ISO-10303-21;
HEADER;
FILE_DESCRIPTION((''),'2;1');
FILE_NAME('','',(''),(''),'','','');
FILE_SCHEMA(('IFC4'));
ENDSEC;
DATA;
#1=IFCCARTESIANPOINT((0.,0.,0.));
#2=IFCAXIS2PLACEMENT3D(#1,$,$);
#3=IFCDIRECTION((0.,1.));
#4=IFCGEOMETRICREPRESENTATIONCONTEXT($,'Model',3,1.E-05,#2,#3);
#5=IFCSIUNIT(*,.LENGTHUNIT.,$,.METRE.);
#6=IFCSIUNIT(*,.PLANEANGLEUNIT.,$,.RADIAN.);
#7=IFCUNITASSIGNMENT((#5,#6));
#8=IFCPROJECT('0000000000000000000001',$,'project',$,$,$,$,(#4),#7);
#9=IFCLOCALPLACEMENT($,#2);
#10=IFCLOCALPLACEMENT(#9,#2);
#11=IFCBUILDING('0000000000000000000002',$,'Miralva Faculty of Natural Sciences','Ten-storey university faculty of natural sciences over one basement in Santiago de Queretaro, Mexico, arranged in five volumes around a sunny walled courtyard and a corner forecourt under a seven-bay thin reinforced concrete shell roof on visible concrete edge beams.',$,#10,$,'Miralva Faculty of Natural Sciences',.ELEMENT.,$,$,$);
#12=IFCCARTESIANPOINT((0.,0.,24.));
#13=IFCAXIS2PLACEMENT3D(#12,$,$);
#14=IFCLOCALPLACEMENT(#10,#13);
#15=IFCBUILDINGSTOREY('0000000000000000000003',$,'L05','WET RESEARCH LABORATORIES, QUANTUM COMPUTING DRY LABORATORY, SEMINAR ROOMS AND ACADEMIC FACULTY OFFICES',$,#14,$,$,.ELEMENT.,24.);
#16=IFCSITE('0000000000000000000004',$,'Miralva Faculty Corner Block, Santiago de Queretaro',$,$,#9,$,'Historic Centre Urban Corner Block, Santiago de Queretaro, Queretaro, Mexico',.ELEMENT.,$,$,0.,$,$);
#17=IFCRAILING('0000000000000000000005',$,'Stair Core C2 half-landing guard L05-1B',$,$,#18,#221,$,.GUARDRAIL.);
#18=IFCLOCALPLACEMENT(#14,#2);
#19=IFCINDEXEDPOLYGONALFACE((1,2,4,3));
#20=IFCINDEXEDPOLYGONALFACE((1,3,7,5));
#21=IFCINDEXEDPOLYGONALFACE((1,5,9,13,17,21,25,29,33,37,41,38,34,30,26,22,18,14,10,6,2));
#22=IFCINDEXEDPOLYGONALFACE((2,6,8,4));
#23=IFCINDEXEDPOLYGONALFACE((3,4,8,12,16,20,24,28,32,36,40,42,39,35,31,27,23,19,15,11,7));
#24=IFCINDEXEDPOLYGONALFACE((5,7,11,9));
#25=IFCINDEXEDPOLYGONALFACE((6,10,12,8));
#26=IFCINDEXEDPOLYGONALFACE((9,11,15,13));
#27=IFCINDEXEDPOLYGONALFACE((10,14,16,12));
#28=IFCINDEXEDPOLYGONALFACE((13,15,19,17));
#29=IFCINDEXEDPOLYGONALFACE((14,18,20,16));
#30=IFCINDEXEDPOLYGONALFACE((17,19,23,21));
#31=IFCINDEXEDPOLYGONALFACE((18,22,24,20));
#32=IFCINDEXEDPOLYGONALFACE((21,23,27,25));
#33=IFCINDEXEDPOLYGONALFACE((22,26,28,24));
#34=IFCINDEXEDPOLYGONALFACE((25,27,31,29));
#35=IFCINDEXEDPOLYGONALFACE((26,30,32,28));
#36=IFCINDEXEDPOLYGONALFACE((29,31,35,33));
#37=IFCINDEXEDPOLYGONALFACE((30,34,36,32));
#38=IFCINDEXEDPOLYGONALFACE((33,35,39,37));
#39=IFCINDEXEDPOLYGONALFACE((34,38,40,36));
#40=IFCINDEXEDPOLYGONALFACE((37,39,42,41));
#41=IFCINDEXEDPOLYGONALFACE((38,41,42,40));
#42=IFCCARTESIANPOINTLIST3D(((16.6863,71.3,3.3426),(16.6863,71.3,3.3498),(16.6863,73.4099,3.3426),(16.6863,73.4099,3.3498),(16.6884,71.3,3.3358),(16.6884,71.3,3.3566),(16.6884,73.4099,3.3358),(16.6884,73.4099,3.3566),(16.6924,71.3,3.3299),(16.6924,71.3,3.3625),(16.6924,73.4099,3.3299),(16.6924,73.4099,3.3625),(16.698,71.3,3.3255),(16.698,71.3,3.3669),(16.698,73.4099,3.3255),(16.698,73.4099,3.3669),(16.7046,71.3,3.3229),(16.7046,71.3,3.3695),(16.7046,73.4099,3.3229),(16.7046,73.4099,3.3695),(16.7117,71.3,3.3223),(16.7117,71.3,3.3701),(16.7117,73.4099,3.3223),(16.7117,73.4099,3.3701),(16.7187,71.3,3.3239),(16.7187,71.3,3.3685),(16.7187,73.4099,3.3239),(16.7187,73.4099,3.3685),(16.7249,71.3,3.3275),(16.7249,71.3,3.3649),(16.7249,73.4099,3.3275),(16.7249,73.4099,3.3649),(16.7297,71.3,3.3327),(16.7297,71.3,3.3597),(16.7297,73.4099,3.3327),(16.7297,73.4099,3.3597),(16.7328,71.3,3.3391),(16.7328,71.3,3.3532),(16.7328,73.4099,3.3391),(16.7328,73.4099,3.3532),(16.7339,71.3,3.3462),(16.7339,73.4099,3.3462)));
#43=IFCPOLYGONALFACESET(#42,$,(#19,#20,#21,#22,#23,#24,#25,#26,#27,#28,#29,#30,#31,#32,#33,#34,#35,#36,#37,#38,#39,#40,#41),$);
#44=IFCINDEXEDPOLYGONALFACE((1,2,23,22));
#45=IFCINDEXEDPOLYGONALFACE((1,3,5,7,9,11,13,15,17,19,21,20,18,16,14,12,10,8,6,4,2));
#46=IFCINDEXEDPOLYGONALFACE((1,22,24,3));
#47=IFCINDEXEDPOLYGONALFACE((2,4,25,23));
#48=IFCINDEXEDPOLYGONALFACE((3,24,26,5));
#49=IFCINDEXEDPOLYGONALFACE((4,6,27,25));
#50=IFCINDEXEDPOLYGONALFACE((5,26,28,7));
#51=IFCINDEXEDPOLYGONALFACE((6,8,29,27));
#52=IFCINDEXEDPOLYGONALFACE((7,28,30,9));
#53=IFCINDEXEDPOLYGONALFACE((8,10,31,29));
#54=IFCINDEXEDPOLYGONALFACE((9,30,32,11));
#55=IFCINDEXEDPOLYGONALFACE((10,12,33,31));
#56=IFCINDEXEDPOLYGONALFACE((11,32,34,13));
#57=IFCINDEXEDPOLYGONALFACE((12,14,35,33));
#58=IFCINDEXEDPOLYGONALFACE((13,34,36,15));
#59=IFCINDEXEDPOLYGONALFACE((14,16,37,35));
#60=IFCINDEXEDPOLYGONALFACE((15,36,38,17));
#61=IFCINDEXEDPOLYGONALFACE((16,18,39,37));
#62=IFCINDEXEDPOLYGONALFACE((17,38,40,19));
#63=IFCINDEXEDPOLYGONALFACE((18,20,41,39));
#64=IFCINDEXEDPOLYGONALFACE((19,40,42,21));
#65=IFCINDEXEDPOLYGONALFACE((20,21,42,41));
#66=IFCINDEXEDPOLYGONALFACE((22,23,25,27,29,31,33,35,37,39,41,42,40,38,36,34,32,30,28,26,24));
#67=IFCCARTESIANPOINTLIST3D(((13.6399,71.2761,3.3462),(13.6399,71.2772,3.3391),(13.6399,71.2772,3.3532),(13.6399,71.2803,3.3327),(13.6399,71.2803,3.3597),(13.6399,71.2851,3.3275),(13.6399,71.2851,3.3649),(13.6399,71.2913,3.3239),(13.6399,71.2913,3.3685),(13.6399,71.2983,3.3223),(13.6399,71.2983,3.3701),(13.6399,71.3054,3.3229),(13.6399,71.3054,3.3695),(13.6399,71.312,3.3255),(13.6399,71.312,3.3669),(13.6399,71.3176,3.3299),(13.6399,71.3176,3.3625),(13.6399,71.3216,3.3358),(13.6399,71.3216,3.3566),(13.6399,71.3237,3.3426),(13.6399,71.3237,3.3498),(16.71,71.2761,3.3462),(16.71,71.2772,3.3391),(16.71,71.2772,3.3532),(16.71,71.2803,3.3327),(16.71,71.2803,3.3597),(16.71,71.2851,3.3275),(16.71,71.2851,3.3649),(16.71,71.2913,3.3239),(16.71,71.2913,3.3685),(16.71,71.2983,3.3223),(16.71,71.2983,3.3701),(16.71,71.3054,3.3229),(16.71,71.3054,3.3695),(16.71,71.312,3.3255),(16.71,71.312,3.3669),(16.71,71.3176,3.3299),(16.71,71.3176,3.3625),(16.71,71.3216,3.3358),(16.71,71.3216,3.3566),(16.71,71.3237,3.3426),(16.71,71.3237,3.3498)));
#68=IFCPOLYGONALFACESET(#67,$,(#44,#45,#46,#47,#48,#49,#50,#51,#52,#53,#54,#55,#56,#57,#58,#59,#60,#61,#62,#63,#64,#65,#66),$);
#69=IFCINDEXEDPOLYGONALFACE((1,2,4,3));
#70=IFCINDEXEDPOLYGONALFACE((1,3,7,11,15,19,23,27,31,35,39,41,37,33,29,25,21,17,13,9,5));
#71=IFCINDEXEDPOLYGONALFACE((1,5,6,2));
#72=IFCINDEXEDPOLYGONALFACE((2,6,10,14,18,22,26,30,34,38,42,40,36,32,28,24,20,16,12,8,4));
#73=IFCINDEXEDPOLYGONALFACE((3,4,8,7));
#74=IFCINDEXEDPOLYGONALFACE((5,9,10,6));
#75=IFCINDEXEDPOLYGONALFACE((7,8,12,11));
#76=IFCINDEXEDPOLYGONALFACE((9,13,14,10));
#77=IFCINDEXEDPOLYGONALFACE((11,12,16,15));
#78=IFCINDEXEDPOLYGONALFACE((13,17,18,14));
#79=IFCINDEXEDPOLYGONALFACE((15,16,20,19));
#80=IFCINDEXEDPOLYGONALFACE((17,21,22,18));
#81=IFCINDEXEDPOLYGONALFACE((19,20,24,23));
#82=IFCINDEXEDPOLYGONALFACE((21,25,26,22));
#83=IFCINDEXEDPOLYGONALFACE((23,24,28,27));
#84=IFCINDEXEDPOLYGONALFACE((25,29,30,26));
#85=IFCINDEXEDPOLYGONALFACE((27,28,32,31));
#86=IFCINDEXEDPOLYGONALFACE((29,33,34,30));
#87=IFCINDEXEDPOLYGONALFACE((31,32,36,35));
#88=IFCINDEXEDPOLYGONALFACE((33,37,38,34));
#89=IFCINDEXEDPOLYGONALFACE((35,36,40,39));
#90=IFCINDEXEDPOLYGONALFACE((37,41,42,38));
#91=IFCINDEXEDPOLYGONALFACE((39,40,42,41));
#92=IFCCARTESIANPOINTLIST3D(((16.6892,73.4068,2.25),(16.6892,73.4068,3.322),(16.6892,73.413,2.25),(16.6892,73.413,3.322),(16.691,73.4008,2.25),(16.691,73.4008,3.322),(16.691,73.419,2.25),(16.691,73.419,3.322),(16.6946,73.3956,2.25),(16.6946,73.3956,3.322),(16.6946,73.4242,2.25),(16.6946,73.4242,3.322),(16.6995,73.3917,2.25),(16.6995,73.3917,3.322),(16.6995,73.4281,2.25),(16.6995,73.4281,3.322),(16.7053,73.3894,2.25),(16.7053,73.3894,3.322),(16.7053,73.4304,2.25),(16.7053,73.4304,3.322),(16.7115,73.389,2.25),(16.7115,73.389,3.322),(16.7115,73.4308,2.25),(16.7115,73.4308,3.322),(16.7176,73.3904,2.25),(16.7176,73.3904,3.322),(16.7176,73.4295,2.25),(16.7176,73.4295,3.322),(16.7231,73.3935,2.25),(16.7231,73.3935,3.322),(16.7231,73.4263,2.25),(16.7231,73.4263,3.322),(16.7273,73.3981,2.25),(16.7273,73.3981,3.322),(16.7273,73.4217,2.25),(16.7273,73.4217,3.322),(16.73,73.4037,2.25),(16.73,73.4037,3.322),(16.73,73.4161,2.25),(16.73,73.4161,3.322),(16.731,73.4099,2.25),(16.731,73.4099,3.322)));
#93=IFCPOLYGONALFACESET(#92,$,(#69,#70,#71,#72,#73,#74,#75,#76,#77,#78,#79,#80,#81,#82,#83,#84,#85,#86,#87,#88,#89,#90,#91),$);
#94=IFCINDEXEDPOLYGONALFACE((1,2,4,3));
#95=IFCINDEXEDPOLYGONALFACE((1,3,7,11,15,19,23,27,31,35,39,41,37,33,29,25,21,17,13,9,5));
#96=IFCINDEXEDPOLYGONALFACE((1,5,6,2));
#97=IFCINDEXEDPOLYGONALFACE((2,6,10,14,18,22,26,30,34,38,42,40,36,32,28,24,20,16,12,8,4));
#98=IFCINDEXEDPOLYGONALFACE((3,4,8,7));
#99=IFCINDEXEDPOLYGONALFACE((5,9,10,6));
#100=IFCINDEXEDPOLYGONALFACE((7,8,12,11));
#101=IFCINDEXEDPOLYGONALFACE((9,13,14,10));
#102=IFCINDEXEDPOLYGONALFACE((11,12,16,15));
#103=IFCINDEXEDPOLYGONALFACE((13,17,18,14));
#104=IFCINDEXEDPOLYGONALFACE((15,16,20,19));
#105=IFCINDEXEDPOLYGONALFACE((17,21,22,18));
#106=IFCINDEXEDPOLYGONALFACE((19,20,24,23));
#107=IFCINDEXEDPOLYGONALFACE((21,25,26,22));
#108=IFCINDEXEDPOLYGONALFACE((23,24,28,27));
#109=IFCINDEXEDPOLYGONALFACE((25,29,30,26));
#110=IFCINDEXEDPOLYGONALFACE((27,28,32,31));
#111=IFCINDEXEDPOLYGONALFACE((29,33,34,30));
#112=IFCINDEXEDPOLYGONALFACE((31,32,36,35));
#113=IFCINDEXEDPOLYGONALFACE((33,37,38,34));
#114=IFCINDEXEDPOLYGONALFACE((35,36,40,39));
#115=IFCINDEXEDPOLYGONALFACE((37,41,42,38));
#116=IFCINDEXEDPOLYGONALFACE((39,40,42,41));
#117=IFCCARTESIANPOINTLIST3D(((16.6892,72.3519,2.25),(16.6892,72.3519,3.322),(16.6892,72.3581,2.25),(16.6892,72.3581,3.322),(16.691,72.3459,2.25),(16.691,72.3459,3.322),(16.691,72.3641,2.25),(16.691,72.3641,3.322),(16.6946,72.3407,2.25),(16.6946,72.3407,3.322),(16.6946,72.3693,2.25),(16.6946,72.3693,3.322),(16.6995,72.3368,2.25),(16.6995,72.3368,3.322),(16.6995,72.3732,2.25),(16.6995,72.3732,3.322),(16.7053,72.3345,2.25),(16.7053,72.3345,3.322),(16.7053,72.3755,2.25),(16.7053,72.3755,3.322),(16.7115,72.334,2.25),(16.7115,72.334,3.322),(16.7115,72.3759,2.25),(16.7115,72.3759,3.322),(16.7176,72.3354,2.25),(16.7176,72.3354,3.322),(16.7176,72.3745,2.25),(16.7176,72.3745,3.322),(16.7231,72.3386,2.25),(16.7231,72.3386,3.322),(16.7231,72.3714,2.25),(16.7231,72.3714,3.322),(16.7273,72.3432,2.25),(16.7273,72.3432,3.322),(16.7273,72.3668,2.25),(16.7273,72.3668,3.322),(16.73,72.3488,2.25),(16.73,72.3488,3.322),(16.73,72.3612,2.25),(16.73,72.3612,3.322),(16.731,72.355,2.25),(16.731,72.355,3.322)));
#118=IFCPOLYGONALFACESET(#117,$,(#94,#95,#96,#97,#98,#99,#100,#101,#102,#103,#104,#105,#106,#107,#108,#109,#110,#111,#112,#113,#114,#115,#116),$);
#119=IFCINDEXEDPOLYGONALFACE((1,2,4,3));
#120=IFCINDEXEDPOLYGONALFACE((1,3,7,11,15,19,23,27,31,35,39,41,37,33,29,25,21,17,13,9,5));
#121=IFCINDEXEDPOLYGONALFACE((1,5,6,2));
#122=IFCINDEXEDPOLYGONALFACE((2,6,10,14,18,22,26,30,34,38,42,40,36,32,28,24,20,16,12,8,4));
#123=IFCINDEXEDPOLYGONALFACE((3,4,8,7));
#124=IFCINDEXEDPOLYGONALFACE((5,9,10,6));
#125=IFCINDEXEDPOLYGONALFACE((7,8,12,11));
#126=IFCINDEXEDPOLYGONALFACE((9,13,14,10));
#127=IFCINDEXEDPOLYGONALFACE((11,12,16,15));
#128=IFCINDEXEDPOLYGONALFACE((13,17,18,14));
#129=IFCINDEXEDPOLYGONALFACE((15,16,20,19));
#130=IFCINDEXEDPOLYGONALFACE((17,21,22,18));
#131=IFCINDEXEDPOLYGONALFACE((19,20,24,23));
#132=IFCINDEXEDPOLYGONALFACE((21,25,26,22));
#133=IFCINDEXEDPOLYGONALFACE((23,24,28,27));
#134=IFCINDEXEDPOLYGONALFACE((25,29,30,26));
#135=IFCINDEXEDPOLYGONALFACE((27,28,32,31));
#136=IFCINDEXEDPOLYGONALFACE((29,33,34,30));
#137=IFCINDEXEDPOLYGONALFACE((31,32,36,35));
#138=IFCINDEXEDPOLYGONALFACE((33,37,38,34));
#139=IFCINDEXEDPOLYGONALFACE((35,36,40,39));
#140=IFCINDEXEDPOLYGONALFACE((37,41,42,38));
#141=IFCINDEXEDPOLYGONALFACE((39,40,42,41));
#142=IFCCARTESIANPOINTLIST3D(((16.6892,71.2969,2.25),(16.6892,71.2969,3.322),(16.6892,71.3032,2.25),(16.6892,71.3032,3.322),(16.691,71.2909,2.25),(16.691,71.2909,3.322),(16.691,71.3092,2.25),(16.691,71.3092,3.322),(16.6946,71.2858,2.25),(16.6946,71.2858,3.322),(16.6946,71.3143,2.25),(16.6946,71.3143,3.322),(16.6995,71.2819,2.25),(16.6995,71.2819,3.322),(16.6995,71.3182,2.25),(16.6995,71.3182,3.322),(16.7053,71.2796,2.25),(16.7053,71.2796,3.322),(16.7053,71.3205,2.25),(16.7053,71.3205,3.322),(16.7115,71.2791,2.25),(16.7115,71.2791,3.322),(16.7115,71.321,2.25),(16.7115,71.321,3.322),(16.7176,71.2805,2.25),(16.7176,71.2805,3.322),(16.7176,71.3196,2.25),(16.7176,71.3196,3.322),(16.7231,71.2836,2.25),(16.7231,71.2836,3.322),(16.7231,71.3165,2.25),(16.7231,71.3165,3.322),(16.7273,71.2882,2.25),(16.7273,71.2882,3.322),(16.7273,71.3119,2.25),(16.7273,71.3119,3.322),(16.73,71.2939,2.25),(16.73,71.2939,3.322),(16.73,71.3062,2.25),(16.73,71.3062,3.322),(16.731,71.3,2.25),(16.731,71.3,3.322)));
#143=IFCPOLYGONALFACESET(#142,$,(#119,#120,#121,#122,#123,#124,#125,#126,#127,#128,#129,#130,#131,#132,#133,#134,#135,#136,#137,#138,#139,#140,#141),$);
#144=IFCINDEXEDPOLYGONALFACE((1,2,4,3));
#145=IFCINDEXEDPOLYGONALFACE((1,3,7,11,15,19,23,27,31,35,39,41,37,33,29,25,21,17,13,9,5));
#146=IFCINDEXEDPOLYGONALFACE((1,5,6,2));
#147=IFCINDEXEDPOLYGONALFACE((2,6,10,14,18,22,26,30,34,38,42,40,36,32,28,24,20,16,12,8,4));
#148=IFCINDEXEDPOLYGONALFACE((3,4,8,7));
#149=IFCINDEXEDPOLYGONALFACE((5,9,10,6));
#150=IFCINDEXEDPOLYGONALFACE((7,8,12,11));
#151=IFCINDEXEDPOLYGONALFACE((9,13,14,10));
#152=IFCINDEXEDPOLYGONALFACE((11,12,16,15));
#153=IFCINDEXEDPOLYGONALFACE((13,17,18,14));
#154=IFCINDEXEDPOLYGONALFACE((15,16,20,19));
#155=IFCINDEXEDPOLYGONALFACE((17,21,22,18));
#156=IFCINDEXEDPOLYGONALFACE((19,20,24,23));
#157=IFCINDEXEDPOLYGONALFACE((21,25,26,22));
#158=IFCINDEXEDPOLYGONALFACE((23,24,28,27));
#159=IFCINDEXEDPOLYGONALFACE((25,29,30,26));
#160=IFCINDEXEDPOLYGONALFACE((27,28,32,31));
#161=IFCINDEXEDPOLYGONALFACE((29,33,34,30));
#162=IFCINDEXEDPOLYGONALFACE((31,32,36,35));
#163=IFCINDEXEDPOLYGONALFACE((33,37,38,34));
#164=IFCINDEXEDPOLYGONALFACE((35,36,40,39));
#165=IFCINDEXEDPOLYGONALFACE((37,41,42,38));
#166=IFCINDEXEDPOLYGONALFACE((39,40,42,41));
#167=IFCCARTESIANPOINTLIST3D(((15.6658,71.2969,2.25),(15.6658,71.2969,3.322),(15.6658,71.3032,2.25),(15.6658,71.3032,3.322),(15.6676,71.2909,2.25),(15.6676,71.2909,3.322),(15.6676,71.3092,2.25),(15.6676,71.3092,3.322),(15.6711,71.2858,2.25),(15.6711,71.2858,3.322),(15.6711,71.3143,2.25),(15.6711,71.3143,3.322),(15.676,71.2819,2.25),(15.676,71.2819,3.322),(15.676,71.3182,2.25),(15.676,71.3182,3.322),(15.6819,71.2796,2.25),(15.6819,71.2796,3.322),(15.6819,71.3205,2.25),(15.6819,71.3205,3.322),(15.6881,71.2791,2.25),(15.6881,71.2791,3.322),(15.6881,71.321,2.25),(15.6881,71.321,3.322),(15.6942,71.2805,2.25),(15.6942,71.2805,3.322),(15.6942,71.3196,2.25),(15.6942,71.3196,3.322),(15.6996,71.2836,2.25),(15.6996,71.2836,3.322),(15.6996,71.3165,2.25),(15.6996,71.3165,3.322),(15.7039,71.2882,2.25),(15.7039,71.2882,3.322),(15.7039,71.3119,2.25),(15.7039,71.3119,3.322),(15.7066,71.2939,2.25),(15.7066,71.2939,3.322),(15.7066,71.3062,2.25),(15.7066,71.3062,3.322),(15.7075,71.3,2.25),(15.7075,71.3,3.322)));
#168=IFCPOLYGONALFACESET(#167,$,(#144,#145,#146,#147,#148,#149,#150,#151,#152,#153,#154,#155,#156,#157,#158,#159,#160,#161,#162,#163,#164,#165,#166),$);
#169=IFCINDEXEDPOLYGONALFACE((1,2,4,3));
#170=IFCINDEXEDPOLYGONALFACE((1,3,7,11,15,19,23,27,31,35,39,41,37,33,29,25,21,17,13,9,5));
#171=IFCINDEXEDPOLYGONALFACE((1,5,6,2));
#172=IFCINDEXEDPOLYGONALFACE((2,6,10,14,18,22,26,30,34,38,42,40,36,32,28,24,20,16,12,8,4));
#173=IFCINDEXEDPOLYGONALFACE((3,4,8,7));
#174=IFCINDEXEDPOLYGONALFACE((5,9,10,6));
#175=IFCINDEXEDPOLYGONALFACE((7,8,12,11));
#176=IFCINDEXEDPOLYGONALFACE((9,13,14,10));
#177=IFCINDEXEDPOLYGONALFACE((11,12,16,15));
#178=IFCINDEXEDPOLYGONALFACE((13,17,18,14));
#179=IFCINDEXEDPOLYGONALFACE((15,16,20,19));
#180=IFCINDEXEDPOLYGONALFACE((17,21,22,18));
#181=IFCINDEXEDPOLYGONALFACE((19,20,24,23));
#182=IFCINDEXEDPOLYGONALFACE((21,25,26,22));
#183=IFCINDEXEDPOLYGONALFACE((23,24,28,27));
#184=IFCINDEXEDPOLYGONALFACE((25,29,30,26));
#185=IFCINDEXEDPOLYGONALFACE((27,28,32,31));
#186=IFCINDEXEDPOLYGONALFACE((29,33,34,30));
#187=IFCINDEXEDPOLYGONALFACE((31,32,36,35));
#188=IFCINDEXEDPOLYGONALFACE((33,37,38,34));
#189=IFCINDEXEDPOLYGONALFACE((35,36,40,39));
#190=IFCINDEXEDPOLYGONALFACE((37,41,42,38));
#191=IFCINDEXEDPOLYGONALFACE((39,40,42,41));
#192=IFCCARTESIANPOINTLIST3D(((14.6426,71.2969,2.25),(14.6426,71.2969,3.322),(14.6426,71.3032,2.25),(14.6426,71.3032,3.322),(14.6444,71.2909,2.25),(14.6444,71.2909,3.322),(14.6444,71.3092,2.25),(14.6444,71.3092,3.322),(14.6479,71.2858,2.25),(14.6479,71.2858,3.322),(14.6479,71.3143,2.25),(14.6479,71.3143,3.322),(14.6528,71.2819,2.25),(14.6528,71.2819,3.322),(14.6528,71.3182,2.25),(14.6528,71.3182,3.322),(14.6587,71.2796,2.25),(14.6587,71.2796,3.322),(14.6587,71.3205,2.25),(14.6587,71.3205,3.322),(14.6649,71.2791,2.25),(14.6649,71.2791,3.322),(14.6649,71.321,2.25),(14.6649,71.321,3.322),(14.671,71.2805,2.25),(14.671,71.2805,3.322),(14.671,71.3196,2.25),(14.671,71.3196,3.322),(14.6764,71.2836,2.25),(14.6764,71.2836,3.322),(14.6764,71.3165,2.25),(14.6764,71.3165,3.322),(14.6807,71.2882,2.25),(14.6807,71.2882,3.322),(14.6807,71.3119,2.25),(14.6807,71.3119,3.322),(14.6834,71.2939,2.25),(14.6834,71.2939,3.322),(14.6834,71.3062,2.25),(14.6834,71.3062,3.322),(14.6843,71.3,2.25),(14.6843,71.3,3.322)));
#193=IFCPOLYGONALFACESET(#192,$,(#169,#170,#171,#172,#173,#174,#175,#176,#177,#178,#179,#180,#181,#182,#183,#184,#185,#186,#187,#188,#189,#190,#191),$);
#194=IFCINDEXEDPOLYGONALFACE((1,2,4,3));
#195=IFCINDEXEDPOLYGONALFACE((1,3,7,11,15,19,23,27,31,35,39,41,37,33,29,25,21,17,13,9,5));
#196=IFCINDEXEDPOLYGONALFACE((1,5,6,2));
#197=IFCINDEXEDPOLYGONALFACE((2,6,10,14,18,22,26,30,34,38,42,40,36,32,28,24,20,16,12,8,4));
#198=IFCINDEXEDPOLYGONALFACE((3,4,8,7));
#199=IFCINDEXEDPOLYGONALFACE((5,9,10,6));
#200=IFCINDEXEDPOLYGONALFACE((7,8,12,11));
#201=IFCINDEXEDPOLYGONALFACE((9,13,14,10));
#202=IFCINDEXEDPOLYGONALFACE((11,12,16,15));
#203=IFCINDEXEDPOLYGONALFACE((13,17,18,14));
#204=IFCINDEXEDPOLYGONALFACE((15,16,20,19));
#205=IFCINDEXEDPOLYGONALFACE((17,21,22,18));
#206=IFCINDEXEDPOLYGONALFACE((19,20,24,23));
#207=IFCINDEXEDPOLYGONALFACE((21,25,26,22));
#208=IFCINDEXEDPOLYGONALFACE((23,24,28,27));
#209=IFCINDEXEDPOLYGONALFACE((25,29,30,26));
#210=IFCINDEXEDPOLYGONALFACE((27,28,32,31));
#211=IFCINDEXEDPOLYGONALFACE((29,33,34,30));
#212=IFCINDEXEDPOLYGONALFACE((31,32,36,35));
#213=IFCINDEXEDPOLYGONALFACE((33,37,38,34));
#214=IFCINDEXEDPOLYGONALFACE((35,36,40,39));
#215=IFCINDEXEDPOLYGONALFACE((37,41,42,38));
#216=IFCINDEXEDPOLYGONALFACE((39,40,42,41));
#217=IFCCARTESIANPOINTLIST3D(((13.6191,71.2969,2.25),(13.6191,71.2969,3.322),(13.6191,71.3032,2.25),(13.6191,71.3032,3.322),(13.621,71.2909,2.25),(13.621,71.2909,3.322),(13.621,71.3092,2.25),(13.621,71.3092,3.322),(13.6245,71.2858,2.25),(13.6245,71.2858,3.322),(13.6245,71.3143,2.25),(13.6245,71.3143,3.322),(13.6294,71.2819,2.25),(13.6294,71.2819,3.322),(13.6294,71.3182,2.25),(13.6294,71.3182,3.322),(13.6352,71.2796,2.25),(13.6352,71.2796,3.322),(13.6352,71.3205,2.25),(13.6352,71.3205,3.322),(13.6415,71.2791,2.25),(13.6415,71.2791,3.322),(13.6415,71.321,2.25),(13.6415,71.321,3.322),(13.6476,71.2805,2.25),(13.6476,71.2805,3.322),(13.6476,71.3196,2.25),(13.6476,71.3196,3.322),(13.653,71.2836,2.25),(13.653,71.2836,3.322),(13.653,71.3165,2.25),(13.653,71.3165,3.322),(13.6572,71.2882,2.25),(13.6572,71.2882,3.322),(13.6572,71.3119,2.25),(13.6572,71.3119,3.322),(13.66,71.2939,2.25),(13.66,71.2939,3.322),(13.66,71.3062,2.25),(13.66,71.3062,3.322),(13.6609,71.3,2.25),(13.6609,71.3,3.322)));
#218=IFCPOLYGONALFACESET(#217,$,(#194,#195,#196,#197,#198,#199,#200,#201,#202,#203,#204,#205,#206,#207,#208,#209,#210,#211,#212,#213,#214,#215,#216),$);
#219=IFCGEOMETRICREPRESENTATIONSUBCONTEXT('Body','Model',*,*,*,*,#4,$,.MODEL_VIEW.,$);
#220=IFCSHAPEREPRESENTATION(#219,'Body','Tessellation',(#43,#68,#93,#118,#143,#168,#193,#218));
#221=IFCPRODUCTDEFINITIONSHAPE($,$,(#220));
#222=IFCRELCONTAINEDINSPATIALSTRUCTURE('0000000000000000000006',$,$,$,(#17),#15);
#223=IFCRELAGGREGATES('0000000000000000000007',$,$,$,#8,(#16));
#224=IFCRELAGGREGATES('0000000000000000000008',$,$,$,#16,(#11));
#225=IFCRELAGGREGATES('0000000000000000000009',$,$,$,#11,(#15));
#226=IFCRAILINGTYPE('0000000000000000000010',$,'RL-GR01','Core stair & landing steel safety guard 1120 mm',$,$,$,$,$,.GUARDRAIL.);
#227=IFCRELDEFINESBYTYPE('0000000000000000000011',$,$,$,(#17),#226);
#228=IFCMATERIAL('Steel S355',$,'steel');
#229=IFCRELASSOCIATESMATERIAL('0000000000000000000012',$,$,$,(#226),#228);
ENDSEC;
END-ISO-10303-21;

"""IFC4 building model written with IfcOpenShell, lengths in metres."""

from ifc_helpers import new_model, si_unit, direction, frame, origin, origin_2d, place, context, subcontext, project, spatial, circle, extrude, material, type_object, element, save


model = new_model("IFC4")

# Units and contexts
model_context = context("Model", 3, precision=1e-05, world=origin(), true_north=direction((0.0, 1.0)))
body_context = subcontext(model_context, "Body", "Model", "MODEL_VIEW")
ifc_project = project(units=[si_unit("LENGTHUNIT", "METRE"), si_unit("PLANEANGLEUNIT", "RADIAN")], contexts=[model_context])

# Site, building, storey
site_placement = place(None, origin())
site = spatial("IfcSite", under=ifc_project, at=site_placement, Name="Miralva Faculty Corner Block, Santiago de Queretaro", LongName="Historic Centre Urban Corner Block, Santiago de Queretaro, Queretaro, Mexico", CompositionType="ELEMENT", RefElevation=0.0)
building_placement = place(site_placement, origin())
building = spatial("IfcBuilding", under=site, at=building_placement, Name="Miralva Faculty of Natural Sciences", Description="Ten-storey university faculty of natural sciences over one basement in Santiago de Queretaro, Mexico, arranged in five volumes around a sunny walled courtyard and a corner forecourt under a seven-bay thin reinforced concrete shell roof on visible concrete edge beams.", LongName="Miralva Faculty of Natural Sciences", CompositionType="ELEMENT")
storey_placement = place(building_placement, frame((0.0, 0.0, 24.0)))
storey = spatial("IfcBuildingStorey", under=building, at=storey_placement, Name="L05", Description="WET RESEARCH LABORATORIES, QUANTUM COMPUTING DRY LABORATORY, SEMINAR ROOMS AND ACADEMIC FACULTY OFFICES", CompositionType="ELEMENT", Elevation=24.0)

# Railing
ifc_material_1 = material(Name="Steel S355", Category="steel")
railing_type_1 = type_object("IfcRailingType", Name="RL-GR01", Description="Core stair & landing steel safety guard 1120 mm", PredefinedType="GUARDRAIL", material=ifc_material_1)
railing_1_placement = place(storey_placement, frame((16.71, 73.4099, 2.25)))
element("IfcRailing", 1, at=railing_1_placement, inside=storey, type_object=railing_type_1, Name="Stair Core C2 half-landing guard L05-1B", PredefinedType="GUARDRAIL", context=body_context, shape_type="SweptSolid", body=[
    extrude(circle(Radius=0.0239, at=origin_2d()), frame((0.0, 0.0, 1.0962), z_axis=(0.0, -1.0, 0.0), x_axis=(1.0, 0.0, 0.0)), (0.0, 0.0, 1.0), 2.1099),
    extrude(circle(Radius=0.0239, at=origin_2d()), frame((0.0, -2.1099, 1.0962), z_axis=(-1.0, 0.0, 0.0), x_axis=(0.0, -1.0, 0.0)), (0.0, 0.0, 1.0), 3.0701),
    extrude(circle(Radius=0.021, at=origin_2d()), origin(), (0.0, 0.0, 1.0), 1.072),
    extrude(circle(Radius=0.021, at=origin_2d()), frame((0.0, -1.0549, 0.0)), (0.0, 0.0, 1.0), 1.072),
    extrude(circle(Radius=0.021, at=origin_2d()), frame((0.0, -2.1099, 0.0)), (0.0, 0.0, 1.0), 1.072),
    extrude(circle(Radius=0.021, at=origin_2d()), frame((-1.0234, -2.1099, 0.0)), (0.0, 0.0, 1.0), 1.072),
    extrude(circle(Radius=0.021, at=origin_2d()), frame((-2.0466, -2.1099, 0.0)), (0.0, 0.0, 1.0), 1.072),
    extrude(circle(Radius=0.021, at=origin_2d()), frame((-3.0701, -2.1099, 0.0)), (0.0, 0.0, 1.0), 1.072),
])

save(model, "model.ifc")
